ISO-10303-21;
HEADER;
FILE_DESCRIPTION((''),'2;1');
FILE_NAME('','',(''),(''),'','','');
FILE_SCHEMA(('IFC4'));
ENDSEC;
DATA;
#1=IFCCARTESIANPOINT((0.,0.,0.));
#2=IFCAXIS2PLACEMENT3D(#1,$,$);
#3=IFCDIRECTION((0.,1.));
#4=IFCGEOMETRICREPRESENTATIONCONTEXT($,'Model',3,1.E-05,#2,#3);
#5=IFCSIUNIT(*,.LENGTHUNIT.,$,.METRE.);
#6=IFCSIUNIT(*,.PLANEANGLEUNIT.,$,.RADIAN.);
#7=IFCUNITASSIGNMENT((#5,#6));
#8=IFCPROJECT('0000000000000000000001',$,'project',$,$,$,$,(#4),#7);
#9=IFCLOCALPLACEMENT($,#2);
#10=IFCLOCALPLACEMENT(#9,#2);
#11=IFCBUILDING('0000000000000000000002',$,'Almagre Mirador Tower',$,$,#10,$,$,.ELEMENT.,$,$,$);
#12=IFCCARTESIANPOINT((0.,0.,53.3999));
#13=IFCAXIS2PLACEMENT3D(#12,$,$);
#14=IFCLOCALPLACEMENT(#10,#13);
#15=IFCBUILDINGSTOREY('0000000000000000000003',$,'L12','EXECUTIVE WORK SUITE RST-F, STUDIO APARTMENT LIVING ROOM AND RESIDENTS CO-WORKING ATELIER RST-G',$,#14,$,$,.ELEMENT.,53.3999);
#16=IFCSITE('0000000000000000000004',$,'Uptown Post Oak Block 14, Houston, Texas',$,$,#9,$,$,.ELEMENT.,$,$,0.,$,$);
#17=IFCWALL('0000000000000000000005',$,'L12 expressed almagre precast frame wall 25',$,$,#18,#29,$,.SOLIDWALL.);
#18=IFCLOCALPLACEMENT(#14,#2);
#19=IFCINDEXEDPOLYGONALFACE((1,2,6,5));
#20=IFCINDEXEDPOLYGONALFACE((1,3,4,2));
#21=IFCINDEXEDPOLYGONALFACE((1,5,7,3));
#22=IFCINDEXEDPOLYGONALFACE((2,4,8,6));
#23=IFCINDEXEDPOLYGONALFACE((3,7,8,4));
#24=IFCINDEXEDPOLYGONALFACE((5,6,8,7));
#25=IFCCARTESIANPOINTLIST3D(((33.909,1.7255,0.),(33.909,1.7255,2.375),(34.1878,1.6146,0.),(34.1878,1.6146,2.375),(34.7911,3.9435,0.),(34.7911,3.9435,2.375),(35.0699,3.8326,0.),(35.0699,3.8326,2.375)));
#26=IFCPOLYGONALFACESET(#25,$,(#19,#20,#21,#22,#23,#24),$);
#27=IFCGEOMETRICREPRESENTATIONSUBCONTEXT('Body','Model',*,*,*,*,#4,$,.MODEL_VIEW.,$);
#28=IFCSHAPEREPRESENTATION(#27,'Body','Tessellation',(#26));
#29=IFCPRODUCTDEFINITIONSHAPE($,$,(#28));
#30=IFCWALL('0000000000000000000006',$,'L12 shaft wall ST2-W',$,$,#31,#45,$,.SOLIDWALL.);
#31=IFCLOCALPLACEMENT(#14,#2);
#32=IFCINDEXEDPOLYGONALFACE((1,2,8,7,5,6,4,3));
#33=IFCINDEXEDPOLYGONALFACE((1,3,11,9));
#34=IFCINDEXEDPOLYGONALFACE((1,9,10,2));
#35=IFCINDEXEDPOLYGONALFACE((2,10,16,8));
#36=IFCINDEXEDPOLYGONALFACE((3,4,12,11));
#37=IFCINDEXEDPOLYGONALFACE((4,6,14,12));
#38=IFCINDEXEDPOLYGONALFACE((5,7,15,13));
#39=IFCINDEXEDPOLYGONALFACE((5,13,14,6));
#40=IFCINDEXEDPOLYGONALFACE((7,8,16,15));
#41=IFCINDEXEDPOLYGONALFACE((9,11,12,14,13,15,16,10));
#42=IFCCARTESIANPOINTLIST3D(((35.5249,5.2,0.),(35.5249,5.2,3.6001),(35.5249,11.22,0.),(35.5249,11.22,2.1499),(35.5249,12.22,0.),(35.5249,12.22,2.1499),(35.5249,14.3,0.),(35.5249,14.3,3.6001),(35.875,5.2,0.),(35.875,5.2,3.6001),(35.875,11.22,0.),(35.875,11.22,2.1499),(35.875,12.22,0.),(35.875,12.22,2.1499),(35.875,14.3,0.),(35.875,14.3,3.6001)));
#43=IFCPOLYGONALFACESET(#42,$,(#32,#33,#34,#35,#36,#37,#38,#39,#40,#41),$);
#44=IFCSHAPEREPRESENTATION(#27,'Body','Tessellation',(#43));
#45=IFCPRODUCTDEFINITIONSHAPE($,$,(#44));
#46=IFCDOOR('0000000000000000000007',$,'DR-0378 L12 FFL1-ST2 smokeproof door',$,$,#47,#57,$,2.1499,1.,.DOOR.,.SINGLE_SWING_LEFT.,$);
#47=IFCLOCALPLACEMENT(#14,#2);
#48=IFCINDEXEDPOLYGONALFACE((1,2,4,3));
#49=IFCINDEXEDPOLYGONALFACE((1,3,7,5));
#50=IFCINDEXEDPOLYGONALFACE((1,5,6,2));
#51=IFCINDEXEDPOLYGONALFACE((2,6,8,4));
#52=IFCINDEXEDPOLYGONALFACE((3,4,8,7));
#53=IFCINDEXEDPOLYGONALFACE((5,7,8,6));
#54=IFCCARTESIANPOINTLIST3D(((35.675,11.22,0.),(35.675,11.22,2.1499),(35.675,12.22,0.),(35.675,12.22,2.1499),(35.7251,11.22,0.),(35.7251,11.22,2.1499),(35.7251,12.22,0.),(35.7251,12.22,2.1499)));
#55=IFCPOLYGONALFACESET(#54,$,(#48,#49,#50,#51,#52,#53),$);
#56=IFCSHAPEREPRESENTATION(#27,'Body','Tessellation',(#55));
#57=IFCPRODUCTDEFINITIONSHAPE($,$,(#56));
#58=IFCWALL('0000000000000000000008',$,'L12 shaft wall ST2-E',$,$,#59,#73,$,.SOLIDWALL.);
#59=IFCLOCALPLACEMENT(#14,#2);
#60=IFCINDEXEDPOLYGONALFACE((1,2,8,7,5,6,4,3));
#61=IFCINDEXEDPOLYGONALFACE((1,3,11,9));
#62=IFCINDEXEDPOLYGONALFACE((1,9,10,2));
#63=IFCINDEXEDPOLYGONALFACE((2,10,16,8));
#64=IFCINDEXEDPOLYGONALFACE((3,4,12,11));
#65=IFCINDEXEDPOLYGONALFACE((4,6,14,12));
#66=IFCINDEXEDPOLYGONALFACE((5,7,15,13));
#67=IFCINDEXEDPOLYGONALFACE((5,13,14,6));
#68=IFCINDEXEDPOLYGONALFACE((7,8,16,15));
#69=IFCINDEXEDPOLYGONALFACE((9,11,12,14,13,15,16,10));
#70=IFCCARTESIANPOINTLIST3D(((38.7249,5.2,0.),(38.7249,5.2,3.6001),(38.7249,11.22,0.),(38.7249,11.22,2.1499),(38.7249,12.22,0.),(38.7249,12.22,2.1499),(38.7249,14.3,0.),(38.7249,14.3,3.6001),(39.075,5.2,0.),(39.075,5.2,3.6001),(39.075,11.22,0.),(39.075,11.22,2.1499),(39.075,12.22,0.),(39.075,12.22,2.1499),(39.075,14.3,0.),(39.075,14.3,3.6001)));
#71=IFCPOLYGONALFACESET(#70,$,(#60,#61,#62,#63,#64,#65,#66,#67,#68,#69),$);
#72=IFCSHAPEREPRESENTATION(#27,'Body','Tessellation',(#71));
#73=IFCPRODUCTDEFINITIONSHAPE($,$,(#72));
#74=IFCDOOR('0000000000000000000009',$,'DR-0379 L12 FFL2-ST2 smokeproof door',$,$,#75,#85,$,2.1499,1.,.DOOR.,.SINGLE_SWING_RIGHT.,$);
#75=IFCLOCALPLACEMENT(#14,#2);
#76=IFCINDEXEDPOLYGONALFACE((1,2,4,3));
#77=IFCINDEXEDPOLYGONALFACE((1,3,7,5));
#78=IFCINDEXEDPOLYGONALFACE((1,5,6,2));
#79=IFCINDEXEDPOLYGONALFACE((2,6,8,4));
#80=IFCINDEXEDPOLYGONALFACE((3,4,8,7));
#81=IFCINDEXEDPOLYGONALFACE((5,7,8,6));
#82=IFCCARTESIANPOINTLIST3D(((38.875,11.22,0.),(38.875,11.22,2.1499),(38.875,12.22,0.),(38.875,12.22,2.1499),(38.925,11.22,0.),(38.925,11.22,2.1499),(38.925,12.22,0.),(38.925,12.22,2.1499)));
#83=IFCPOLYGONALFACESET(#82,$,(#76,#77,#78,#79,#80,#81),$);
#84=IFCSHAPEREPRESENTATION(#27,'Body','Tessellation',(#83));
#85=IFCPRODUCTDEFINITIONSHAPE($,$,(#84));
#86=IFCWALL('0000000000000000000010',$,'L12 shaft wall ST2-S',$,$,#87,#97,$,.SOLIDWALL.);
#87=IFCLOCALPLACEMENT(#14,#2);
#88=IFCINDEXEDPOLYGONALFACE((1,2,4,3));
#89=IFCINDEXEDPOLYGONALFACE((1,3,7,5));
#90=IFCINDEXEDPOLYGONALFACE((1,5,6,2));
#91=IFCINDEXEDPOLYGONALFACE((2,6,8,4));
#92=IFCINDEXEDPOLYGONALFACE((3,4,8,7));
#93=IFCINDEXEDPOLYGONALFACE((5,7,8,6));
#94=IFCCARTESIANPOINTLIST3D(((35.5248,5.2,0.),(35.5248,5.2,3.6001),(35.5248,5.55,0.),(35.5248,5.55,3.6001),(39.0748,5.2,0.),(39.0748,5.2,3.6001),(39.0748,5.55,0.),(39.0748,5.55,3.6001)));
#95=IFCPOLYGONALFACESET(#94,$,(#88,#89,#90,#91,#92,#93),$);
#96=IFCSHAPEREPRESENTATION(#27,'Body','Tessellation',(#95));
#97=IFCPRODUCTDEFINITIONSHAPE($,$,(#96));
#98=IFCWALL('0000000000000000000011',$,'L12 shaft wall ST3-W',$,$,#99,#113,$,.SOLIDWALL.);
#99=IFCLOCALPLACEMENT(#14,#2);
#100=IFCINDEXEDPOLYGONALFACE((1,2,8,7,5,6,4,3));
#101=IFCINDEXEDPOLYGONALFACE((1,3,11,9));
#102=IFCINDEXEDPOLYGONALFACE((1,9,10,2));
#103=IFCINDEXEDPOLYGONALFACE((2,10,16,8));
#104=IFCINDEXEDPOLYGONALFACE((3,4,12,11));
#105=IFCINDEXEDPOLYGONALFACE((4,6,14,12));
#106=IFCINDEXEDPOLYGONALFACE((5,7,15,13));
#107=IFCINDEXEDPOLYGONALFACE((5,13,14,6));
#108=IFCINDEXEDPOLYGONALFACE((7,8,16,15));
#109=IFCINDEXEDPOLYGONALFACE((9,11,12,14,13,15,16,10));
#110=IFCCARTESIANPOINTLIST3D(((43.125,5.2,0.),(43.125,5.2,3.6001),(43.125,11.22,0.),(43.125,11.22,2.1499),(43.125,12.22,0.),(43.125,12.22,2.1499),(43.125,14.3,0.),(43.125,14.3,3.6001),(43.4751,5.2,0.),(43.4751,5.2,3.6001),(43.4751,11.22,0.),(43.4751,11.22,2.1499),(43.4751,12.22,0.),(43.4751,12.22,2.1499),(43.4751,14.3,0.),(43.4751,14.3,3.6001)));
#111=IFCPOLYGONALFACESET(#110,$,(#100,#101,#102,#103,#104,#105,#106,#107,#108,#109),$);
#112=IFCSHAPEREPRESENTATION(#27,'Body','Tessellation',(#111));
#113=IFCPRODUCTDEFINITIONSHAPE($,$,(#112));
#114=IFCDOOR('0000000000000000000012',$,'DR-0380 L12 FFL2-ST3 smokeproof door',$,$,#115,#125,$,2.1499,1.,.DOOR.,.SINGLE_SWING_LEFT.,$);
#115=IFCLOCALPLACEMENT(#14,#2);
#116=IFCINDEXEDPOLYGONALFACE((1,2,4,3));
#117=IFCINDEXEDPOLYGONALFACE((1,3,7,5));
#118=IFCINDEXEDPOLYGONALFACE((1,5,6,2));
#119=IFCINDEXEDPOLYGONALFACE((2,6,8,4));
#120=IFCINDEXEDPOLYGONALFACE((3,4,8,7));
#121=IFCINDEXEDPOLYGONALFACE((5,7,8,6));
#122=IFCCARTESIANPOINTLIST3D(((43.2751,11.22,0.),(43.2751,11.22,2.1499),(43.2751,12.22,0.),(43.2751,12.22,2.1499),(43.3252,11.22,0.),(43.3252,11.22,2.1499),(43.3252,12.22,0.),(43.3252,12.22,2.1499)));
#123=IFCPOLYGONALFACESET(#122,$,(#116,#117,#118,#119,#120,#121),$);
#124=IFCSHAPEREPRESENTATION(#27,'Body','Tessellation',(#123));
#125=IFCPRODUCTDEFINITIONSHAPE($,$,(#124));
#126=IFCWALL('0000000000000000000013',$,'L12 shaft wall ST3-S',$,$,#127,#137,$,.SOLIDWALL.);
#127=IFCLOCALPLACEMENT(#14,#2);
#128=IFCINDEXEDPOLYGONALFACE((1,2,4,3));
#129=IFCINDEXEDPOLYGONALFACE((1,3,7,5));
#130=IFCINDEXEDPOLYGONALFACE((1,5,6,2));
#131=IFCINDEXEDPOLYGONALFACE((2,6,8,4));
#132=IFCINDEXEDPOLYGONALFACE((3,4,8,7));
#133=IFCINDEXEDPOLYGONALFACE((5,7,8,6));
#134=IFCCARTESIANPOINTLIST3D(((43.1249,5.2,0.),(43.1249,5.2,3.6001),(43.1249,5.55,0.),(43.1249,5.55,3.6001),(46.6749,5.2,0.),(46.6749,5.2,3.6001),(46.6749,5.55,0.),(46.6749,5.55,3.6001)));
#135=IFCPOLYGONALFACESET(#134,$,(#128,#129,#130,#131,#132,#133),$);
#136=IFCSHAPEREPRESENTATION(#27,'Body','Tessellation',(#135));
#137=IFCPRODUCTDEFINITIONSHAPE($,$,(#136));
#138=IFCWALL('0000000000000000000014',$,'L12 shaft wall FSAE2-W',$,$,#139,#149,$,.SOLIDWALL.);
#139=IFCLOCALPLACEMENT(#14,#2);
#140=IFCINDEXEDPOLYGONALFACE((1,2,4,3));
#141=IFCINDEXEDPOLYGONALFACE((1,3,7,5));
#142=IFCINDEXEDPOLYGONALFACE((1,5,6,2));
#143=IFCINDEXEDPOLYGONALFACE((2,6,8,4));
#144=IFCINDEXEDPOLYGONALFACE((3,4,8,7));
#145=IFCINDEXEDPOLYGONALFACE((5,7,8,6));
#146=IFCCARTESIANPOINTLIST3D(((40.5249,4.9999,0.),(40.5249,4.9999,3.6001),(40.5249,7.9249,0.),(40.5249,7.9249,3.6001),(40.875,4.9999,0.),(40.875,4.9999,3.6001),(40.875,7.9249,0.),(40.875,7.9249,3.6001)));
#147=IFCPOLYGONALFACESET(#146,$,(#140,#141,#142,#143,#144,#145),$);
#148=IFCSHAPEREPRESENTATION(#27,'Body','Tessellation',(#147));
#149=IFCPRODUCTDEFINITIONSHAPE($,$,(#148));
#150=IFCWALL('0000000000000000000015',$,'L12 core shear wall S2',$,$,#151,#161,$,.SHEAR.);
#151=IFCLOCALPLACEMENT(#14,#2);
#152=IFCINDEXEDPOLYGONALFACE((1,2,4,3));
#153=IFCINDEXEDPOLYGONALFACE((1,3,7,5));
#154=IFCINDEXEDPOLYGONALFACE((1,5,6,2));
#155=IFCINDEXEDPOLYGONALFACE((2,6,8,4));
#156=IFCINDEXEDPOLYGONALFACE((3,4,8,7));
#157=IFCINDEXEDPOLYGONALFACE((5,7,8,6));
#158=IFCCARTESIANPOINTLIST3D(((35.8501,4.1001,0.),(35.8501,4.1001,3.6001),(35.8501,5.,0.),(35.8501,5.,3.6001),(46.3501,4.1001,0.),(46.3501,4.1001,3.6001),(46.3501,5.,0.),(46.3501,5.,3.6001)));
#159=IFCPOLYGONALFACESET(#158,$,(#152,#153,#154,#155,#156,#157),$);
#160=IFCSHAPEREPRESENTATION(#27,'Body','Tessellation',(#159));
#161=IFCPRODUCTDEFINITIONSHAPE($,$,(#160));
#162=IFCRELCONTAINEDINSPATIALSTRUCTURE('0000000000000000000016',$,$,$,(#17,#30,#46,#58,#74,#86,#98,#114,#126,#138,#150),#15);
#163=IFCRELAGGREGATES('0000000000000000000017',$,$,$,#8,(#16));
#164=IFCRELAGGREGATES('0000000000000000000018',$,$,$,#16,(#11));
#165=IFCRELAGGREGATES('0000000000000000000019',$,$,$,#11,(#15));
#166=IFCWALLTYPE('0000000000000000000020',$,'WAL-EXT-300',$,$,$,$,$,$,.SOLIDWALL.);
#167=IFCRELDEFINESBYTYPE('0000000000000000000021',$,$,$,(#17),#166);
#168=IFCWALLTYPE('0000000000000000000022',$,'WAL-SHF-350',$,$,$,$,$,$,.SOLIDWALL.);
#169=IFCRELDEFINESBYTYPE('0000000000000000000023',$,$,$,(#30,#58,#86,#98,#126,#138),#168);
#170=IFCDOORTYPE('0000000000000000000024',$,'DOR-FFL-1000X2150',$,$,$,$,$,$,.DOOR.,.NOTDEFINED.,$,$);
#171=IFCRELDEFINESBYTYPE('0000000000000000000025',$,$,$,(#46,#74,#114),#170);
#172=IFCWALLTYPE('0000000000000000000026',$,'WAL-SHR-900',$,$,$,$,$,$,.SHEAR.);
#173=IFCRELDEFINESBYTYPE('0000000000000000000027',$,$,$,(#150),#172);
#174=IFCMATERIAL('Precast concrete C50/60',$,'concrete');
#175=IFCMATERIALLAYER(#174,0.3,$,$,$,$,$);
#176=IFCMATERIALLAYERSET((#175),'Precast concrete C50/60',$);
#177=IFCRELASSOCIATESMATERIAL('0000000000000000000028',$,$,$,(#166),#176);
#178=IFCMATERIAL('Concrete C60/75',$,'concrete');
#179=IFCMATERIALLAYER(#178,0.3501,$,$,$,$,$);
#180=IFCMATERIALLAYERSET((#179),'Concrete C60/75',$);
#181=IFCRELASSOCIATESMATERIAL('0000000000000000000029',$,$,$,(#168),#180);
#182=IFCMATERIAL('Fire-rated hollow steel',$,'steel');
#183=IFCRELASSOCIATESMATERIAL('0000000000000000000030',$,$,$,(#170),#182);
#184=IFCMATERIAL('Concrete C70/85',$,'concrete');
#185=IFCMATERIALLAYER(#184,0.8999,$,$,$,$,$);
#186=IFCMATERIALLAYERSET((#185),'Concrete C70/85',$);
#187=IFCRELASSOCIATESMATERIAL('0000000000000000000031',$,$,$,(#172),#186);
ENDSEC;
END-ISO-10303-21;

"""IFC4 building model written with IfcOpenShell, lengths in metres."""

from ifc_helpers import new_model, si_unit, direction, frame, frame_2d, origin, place, context, subcontext, project, spatial, rectangle, extrude, material, layer, layer_set, type_object, element, fill, save


model = new_model("IFC4")

# Units and contexts
model_context = context("Model", 3, precision=1e-05, world=origin(), true_north=direction((0.0, 1.0)))
body_context = subcontext(model_context, "Body", "Model", "MODEL_VIEW")
ifc_project = project(units=[si_unit("LENGTHUNIT", "METRE"), si_unit("PLANEANGLEUNIT", "RADIAN")], contexts=[model_context])

# Site, building, storey
site_placement = place(None, origin())
site = spatial("IfcSite", under=ifc_project, at=site_placement, Name="Uptown Post Oak Block 14, Houston, Texas", CompositionType="ELEMENT", RefElevation=0.0)
building_placement = place(site_placement, origin())
building = spatial("IfcBuilding", under=site, at=building_placement, Name="Almagre Mirador Tower", CompositionType="ELEMENT")
storey_placement = place(building_placement, frame((0.0, 0.0, 53.3999)))
storey = spatial("IfcBuildingStorey", under=building, at=storey_placement, Name="L12", Description="EXECUTIVE WORK SUITE RST-F, STUDIO APARTMENT LIVING ROOM AND RESIDENTS CO-WORKING ATELIER RST-G", CompositionType="ELEMENT", Elevation=53.3999)

# Wall
ifc_material_1 = material(Name="Precast concrete C50/60", Category="concrete")
ifc_layer_1 = layer(ifc_material_1, 0.3)
ifc_layer_set_1 = layer_set([ifc_layer_1], Name="Precast concrete C50/60")
wall_type_1 = type_object("IfcWallType", Name="WAL-EXT-300", PredefinedType="SOLIDWALL", material=ifc_layer_set_1)
wall_1_placement = place(storey_placement, frame((34.9304, 3.8879, 0.0), z_axis=(0.0, 0.0, 1.0), x_axis=(-0.369538, -0.929215, 0.0)))
element("IfcWall", 1, at=wall_1_placement, inside=storey, type_object=wall_type_1, Name="L12 expressed almagre precast frame wall 25", PredefinedType="SOLIDWALL", context=body_context, shape_type="SweptSolid", body=[
    extrude(rectangle(XDim=2.387, YDim=0.3, at=frame_2d((1.1934, 0.0))), origin(), (0.0, 0.0, 1.0), 2.375),
])

# Walls, openings, doors
ifc_material_2 = material(Name="Concrete C60/75", Category="concrete")
ifc_layer_2 = layer(ifc_material_2, 0.3501)
ifc_layer_set_2 = layer_set([ifc_layer_2], Name="Concrete C60/75")
wall_type_2 = type_object("IfcWallType", Name="WAL-SHF-350", PredefinedType="SOLIDWALL", material=ifc_layer_set_2)
wall_2_placement = place(storey_placement, frame((35.7, 5.2, 0.0), z_axis=(0.0, 0.0, 1.0), x_axis=(0.0, 1.0, 0.0)))
wall_2 = element("IfcWall", 2, at=wall_2_placement, inside=storey, type_object=wall_type_2, Name="L12 shaft wall ST2-W", PredefinedType="SOLIDWALL", context=body_context, shape_type="SweptSolid", body=[
    extrude(rectangle(XDim=9.1001, YDim=0.3501, at=frame_2d((4.55, 0.0))), origin(), (0.0, 0.0, 1.0), 3.6001),
])
opening_1_placement = place(wall_2_placement, frame((6.02, 0.0, 0.0)))
opening_1 = element("IfcOpeningElement", 3, at=opening_1_placement, cuts=wall_2, PredefinedType="OPENING", context=body_context, shape_type="SweptSolid", body=[
    extrude(rectangle(XDim=1.0, YDim=2.1499, at=frame_2d((0.5, 1.075))), frame((0.0, 0.185, 0.0), z_axis=(0.0, -1.0, 0.0), x_axis=(1.0, 0.0, 0.0)), (0.0, 0.0, 1.0), 0.3701),
])
ifc_material_3 = material(Name="Fire-rated hollow steel", Category="steel")
door_type = type_object("IfcDoorType", Name="DOR-FFL-1000X2150", OperationType="NOTDEFINED", PredefinedType="DOOR", material=ifc_material_3)
door_1_placement = place(opening_1_placement, origin())
door_1 = element("IfcDoor", 4, at=door_1_placement, inside=storey, type_object=door_type, Name="DR-0378 L12 FFL1-ST2 smokeproof door", OperationType="SINGLE_SWING_LEFT", OverallHeight=2.1499, OverallWidth=1.0, PredefinedType="DOOR", context=body_context, shape_type="SweptSolid", body=[
    extrude(rectangle(XDim=1.0, YDim=2.1499, at=frame_2d((0.5, 1.075))), frame((0.0, 0.0249, 0.0), z_axis=(0.0, -1.0, 0.0), x_axis=(1.0, 0.0, 0.0)), (0.0, 0.0, 1.0), 0.05),
])
fill(opening_1, door_1)
wall_3_placement = place(storey_placement, frame((38.8999, 5.2, 0.0), z_axis=(0.0, 0.0, 1.0), x_axis=(0.0, 1.0, 0.0)))
wall_3 = element("IfcWall", 5, at=wall_3_placement, inside=storey, type_object=wall_type_2, Name="L12 shaft wall ST2-E", PredefinedType="SOLIDWALL", context=body_context, shape_type="SweptSolid", body=[
    extrude(rectangle(XDim=9.1001, YDim=0.3501, at=frame_2d((4.55, 0.0))), origin(), (0.0, 0.0, 1.0), 3.6001),
])
opening_2_placement = place(wall_3_placement, frame((6.02, 0.0, 0.0)))
opening_2 = element("IfcOpeningElement", 6, at=opening_2_placement, cuts=wall_3, PredefinedType="OPENING", context=body_context, shape_type="SweptSolid", body=[
    extrude(rectangle(XDim=1.0, YDim=2.1499, at=frame_2d((0.5, 1.075))), frame((0.0, 0.185, 0.0), z_axis=(0.0, -1.0, 0.0), x_axis=(1.0, 0.0, 0.0)), (0.0, 0.0, 1.0), 0.3701),
])
door_2_placement = place(opening_2_placement, origin())
door_2 = element("IfcDoor", 7, at=door_2_placement, inside=storey, type_object=door_type, Name="DR-0379 L12 FFL2-ST2 smokeproof door", OperationType="SINGLE_SWING_RIGHT", OverallHeight=2.1499, OverallWidth=1.0, PredefinedType="DOOR", context=body_context, shape_type="SweptSolid", body=[
    extrude(rectangle(XDim=1.0, YDim=2.1499, at=frame_2d((0.5, 1.075))), frame((0.0, 0.0249, 0.0), z_axis=(0.0, -1.0, 0.0), x_axis=(1.0, 0.0, 0.0)), (0.0, 0.0, 1.0), 0.05),
])
fill(opening_2, door_2)

# Wall
wall_4_placement = place(storey_placement, frame((35.5249, 5.375, 0.0), z_axis=(0.0, 0.0, 1.0), x_axis=(1.0, 0.0, 0.0)))
element("IfcWall", 8, at=wall_4_placement, inside=storey, type_object=wall_type_2, Name="L12 shaft wall ST2-S", PredefinedType="SOLIDWALL", context=body_context, shape_type="SweptSolid", body=[
    extrude(rectangle(XDim=3.55, YDim=0.3501, at=frame_2d((1.7749, 0.0))), origin(), (0.0, 0.0, 1.0), 3.6001),
])

# Wall, opening, door
wall_5_placement = place(storey_placement, frame((43.3, 5.2, 0.0), z_axis=(0.0, 0.0, 1.0), x_axis=(0.0, 1.0, 0.0)))
wall_5 = element("IfcWall", 9, at=wall_5_placement, inside=storey, type_object=wall_type_2, Name="L12 shaft wall ST3-W", PredefinedType="SOLIDWALL", context=body_context, shape_type="SweptSolid", body=[
    extrude(rectangle(XDim=9.1001, YDim=0.3501, at=frame_2d((4.55, 0.0))), origin(), (0.0, 0.0, 1.0), 3.6001),
])
opening_3_placement = place(wall_5_placement, frame((6.02, 0.0, 0.0)))
opening_3 = element("IfcOpeningElement", 10, at=opening_3_placement, cuts=wall_5, PredefinedType="OPENING", context=body_context, shape_type="SweptSolid", body=[
    extrude(rectangle(XDim=1.0, YDim=2.1499, at=frame_2d((0.5, 1.075))), frame((0.0, 0.185, 0.0), z_axis=(0.0, -1.0, 0.0), x_axis=(1.0, 0.0, 0.0)), (0.0, 0.0, 1.0), 0.3701),
])
door_3_placement = place(opening_3_placement, origin())
door_3 = element("IfcDoor", 11, at=door_3_placement, inside=storey, type_object=door_type, Name="DR-0380 L12 FFL2-ST3 smokeproof door", OperationType="SINGLE_SWING_LEFT", OverallHeight=2.1499, OverallWidth=1.0, PredefinedType="DOOR", context=body_context, shape_type="SweptSolid", body=[
    extrude(rectangle(XDim=1.0, YDim=2.1499, at=frame_2d((0.5, 1.075))), frame((0.0, 0.0249, 0.0), z_axis=(0.0, -1.0, 0.0), x_axis=(1.0, 0.0, 0.0)), (0.0, 0.0, 1.0), 0.05),
])
fill(opening_3, door_3)

# Walls
wall_6_placement = place(storey_placement, frame((43.125, 5.375, 0.0), z_axis=(0.0, 0.0, 1.0), x_axis=(1.0, 0.0, 0.0)))
element("IfcWall", 12, at=wall_6_placement, inside=storey, type_object=wall_type_2, Name="L12 shaft wall ST3-S", PredefinedType="SOLIDWALL", context=body_context, shape_type="SweptSolid", body=[
    extrude(rectangle(XDim=3.55, YDim=0.3501, at=frame_2d((1.7749, 0.0))), origin(), (0.0, 0.0, 1.0), 3.6001),
])
wall_7_placement = place(storey_placement, frame((40.7, 5.0, 0.0), z_axis=(0.0, 0.0, 1.0), x_axis=(0.0, 1.0, 0.0)))
element("IfcWall", 13, at=wall_7_placement, inside=storey, type_object=wall_type_2, Name="L12 shaft wall FSAE2-W", PredefinedType="SOLIDWALL", context=body_context, shape_type="SweptSolid", body=[
    extrude(rectangle(XDim=2.925, YDim=0.3501, at=frame_2d((1.4624, 0.0))), origin(), (0.0, 0.0, 1.0), 3.6001),
])
ifc_material_4 = material(Name="Concrete C70/85", Category="concrete")
ifc_layer_3 = layer(ifc_material_4, 0.8999)
ifc_layer_set_3 = layer_set([ifc_layer_3], Name="Concrete C70/85")
wall_type_3 = type_object("IfcWallType", Name="WAL-SHR-900", PredefinedType="SHEAR", material=ifc_layer_set_3)
wall_8_placement = place(storey_placement, frame((35.8501, 4.55, 0.0), z_axis=(0.0, 0.0, 1.0), x_axis=(1.0, 0.0, 0.0)))
element("IfcWall", 14, at=wall_8_placement, inside=storey, type_object=wall_type_3, Name="L12 core shear wall S2", PredefinedType="SHEAR", context=body_context, shape_type="SweptSolid", body=[
    extrude(rectangle(XDim=10.5, YDim=0.8999, at=frame_2d((5.25, 0.0))), origin(), (0.0, 0.0, 1.0), 3.6001),
])

save(model, "model.ifc")
